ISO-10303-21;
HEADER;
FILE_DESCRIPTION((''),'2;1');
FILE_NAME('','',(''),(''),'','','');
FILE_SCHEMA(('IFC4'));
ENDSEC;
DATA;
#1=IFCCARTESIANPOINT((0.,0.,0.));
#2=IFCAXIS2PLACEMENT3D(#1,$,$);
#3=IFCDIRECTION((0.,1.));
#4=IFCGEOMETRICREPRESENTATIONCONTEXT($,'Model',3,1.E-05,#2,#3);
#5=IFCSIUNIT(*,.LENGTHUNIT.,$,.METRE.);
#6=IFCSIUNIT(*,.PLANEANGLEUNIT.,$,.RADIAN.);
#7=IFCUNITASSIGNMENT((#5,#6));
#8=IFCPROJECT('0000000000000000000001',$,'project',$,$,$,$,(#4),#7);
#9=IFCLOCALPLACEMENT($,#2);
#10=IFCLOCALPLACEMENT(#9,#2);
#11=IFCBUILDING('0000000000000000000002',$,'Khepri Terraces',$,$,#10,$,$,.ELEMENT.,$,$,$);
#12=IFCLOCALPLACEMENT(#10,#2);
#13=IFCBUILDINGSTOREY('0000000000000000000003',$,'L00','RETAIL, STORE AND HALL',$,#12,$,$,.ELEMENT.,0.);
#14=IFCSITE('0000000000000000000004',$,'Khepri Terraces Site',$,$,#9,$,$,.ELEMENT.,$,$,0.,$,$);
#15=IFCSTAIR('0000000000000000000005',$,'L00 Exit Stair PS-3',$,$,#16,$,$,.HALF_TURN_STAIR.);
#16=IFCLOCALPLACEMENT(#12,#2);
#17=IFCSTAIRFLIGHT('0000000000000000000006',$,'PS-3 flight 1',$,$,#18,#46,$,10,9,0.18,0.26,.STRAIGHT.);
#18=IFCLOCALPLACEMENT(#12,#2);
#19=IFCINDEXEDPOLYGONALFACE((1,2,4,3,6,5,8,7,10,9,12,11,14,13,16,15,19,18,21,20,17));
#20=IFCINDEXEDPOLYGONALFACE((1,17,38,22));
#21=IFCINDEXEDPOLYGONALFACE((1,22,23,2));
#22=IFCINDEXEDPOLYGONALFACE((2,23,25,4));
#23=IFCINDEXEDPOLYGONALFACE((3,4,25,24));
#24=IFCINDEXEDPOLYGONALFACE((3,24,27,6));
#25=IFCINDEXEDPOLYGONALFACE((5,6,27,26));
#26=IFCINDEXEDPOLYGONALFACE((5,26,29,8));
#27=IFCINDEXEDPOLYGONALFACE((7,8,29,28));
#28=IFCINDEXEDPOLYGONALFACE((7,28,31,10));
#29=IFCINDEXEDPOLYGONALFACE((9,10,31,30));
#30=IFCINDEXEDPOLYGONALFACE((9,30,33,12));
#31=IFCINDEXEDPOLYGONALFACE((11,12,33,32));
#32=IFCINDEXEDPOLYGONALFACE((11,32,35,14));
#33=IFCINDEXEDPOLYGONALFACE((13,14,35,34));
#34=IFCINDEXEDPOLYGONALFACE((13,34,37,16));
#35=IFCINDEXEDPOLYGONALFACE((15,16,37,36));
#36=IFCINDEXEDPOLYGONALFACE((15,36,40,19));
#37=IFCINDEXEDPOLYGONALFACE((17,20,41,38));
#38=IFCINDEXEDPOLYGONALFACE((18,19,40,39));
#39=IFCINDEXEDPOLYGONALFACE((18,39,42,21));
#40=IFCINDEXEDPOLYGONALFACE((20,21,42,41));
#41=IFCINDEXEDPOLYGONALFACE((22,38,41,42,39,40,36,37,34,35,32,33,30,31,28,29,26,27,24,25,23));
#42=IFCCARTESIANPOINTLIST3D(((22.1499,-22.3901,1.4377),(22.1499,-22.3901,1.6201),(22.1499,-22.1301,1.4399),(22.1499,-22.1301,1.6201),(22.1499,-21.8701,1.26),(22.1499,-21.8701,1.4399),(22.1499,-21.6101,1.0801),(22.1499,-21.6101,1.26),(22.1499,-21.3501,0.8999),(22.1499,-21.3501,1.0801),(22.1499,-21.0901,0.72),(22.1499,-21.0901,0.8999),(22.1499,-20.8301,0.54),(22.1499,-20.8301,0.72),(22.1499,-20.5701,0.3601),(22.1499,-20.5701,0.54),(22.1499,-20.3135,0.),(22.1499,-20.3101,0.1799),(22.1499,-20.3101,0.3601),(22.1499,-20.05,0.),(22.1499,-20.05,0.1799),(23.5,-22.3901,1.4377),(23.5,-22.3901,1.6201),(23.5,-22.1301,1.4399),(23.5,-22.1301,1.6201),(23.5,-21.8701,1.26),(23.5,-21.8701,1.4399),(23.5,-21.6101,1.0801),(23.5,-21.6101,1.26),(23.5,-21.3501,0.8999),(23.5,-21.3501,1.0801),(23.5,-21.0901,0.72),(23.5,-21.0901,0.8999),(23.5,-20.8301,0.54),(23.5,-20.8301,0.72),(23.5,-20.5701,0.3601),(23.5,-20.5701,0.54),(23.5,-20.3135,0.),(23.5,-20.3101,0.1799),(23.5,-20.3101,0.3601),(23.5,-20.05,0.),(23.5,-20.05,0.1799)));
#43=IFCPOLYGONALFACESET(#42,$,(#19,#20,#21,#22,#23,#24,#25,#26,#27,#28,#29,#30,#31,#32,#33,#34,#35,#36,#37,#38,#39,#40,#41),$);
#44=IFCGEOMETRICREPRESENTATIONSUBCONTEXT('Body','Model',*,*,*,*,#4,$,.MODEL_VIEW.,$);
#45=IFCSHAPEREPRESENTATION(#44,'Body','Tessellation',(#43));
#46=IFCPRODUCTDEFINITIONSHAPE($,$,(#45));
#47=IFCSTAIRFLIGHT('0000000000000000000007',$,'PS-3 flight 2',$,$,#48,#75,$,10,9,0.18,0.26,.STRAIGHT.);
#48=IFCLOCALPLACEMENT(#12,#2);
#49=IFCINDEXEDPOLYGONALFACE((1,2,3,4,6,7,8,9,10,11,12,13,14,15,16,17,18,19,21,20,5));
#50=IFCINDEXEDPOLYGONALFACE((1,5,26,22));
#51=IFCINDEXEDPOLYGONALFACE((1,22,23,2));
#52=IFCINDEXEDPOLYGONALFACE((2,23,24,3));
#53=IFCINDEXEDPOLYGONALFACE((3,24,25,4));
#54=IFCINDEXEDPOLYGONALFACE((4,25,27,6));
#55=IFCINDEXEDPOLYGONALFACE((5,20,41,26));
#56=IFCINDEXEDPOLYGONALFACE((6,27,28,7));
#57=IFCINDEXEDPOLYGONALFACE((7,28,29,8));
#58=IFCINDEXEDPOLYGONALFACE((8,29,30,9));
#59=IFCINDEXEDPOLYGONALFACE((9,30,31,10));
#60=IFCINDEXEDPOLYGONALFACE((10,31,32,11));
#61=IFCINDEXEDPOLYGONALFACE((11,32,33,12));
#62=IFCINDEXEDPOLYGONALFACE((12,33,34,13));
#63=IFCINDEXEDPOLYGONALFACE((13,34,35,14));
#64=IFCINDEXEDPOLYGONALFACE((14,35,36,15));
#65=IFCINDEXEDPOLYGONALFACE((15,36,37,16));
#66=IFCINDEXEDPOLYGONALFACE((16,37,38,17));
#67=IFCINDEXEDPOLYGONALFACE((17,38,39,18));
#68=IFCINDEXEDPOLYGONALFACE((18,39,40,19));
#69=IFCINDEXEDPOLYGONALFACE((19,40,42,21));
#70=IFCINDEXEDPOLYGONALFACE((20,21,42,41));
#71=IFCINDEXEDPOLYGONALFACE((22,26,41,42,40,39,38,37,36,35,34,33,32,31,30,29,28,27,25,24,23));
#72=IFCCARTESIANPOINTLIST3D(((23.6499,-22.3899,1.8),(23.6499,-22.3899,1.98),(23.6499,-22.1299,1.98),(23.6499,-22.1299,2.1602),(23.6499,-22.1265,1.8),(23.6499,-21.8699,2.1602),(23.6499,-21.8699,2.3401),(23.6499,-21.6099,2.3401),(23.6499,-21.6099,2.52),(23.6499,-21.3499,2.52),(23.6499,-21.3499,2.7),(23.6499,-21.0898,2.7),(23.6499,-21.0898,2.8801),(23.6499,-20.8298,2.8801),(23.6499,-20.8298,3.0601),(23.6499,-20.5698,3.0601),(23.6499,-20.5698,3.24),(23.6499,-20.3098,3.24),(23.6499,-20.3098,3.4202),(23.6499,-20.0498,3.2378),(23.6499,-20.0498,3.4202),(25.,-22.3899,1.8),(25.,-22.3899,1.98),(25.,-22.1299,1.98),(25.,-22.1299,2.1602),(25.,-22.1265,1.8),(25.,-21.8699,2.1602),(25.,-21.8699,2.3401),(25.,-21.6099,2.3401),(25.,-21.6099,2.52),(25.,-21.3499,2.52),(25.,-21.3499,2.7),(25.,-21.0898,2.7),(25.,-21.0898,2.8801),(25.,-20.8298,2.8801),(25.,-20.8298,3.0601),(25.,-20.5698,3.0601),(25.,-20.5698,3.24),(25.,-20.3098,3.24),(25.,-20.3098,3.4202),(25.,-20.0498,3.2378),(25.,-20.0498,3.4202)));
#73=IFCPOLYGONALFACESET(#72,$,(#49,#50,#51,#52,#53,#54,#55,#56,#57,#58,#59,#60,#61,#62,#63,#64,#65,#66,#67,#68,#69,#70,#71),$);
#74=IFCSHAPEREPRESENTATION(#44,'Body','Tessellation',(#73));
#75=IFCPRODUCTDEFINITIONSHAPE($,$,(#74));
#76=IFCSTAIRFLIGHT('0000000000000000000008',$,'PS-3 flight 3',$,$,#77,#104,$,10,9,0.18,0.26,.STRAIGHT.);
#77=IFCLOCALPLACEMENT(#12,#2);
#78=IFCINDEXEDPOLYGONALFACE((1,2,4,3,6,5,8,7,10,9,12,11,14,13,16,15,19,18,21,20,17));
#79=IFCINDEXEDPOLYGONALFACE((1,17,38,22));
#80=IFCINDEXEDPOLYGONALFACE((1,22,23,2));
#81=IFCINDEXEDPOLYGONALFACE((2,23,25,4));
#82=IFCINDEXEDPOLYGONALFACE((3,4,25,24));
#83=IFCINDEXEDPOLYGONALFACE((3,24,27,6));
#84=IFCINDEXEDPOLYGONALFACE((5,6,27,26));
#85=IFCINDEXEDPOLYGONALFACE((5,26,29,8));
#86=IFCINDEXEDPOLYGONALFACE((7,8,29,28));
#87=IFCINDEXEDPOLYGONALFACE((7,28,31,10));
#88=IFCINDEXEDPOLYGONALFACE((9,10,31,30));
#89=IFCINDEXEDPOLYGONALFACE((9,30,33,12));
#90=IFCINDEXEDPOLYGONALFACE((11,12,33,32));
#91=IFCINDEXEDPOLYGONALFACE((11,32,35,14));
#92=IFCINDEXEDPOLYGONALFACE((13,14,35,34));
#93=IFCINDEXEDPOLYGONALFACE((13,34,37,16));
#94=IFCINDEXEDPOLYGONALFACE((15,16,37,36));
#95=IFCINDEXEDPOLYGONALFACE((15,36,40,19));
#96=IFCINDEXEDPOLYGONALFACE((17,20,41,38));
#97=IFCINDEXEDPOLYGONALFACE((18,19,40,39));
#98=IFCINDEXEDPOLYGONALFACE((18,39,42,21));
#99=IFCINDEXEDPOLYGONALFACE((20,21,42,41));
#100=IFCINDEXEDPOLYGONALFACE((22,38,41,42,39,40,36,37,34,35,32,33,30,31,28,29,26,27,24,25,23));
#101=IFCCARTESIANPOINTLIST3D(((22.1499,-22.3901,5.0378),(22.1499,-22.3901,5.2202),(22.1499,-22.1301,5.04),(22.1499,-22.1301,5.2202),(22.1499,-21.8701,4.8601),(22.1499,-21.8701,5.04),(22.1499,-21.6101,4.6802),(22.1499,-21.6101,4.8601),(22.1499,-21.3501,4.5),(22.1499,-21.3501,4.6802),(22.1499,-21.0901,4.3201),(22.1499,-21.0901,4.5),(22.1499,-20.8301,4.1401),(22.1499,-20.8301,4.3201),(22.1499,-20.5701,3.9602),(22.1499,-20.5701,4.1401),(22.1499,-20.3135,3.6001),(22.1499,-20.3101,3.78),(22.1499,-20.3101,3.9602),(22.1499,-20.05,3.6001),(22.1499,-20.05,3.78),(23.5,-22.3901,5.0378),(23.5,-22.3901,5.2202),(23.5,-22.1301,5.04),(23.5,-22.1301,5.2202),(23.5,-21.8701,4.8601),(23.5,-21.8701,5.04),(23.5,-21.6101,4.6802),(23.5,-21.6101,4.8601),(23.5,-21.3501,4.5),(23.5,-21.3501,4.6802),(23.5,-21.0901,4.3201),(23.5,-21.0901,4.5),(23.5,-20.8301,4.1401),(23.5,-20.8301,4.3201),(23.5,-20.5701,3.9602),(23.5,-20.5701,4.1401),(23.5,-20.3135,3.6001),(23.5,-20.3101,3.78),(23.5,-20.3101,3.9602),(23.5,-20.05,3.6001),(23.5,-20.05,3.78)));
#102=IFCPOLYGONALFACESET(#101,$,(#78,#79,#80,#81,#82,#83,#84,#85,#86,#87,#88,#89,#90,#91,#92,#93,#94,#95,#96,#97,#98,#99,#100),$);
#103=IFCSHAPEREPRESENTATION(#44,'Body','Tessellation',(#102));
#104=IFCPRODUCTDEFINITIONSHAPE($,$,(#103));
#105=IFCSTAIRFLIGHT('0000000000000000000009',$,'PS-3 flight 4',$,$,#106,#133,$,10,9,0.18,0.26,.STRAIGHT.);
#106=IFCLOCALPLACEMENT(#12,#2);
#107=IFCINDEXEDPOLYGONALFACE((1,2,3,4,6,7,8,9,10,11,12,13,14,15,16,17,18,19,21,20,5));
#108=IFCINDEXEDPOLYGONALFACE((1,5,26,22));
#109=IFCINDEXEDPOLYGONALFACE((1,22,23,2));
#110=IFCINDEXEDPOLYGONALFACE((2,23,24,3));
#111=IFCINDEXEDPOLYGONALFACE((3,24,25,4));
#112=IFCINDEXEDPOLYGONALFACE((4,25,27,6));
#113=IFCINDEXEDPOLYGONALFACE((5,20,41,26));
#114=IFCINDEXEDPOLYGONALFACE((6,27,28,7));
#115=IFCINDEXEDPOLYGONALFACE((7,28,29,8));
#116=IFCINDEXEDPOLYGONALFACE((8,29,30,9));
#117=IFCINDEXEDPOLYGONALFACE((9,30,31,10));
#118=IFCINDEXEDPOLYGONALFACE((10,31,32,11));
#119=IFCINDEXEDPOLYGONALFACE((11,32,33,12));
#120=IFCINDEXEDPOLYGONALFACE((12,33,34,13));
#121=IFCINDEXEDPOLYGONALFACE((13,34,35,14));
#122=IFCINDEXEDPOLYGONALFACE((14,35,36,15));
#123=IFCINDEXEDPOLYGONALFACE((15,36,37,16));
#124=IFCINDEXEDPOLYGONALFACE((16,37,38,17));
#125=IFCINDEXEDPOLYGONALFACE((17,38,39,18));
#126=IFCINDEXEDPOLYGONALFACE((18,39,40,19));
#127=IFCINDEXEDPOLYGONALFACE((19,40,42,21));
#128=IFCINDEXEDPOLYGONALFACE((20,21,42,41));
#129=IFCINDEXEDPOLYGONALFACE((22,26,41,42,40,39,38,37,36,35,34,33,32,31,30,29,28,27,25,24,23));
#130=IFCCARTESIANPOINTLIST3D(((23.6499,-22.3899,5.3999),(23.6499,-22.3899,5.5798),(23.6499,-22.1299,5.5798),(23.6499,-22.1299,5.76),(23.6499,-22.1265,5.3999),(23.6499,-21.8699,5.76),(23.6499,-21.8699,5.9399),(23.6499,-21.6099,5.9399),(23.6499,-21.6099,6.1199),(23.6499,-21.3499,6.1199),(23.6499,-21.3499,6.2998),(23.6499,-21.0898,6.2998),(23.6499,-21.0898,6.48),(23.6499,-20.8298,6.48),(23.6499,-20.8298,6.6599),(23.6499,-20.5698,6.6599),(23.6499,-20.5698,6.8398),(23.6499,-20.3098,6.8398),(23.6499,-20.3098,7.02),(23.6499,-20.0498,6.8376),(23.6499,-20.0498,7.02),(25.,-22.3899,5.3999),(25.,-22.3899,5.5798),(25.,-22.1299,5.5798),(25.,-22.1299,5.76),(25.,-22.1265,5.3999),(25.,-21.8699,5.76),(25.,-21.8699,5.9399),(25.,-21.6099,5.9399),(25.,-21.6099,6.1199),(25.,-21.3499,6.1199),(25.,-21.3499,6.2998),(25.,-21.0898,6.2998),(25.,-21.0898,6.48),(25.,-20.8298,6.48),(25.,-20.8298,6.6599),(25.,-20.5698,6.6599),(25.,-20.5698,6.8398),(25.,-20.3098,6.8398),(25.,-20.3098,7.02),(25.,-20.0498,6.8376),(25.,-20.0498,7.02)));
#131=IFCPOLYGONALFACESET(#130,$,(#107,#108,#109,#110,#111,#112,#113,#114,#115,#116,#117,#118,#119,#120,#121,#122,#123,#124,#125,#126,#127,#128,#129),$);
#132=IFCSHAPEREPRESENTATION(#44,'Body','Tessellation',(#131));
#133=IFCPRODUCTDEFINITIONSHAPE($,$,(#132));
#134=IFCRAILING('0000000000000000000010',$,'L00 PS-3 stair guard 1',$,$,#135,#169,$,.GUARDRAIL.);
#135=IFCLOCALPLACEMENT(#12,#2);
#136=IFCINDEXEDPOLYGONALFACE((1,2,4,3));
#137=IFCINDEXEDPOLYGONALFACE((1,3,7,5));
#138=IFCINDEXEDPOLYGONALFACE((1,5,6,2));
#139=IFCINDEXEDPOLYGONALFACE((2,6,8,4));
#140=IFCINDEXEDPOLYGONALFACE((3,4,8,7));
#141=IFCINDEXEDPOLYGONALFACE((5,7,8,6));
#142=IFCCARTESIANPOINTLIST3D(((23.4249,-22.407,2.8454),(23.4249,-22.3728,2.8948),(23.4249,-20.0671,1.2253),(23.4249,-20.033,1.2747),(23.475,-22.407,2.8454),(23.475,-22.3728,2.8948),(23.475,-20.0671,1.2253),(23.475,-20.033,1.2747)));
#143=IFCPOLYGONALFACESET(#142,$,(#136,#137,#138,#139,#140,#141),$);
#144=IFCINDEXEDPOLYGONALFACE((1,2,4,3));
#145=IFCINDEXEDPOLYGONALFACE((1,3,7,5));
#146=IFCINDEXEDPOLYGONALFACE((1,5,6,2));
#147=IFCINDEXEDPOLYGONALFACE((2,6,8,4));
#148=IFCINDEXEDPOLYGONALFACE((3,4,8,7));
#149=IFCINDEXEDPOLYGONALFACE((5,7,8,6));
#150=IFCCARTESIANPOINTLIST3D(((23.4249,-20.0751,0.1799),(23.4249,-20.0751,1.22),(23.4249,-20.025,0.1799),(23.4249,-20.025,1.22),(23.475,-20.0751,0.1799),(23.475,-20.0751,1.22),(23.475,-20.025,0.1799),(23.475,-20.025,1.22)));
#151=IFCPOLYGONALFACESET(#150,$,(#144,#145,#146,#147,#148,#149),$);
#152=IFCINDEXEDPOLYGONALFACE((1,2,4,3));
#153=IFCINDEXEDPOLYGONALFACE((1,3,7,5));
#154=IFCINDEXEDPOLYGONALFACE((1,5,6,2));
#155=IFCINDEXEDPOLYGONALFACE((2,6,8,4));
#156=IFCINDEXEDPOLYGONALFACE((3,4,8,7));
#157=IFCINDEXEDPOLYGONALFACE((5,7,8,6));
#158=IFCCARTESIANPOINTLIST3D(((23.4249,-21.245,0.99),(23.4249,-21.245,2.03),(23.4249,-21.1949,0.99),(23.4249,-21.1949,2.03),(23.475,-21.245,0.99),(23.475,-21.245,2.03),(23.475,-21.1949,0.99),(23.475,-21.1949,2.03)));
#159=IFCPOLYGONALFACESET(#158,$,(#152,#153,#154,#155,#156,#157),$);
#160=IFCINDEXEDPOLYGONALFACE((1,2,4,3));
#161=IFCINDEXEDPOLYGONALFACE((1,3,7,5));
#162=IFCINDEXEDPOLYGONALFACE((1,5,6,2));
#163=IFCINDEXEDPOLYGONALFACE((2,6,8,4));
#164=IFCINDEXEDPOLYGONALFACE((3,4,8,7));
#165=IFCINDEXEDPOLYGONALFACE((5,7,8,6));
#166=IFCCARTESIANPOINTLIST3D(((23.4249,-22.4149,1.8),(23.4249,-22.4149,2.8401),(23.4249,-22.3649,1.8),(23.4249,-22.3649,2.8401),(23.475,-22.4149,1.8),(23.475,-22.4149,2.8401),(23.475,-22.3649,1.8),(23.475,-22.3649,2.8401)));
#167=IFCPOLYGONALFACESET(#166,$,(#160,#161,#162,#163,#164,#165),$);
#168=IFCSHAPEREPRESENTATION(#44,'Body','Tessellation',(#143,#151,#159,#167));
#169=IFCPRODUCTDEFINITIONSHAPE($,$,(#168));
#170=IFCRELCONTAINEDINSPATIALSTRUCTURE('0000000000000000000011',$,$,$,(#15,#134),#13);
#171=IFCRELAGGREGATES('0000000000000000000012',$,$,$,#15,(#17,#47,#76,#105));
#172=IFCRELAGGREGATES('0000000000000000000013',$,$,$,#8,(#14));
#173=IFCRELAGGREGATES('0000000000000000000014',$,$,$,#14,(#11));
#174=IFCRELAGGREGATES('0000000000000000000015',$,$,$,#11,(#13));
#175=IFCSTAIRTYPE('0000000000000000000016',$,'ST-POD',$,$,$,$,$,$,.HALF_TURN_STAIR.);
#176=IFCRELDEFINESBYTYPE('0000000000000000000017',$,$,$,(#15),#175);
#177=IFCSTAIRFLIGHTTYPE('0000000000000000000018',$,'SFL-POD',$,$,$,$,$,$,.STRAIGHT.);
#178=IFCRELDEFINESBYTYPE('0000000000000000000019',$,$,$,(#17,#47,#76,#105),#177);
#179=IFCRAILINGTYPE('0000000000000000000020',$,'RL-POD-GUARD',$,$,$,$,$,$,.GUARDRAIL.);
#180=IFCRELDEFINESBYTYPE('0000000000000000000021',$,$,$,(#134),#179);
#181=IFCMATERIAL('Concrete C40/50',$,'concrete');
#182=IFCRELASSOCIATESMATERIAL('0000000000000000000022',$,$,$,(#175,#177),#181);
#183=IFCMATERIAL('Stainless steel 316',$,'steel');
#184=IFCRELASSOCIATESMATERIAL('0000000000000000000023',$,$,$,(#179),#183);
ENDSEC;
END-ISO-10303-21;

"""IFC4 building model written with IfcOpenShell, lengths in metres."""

from ifc_helpers import new_model, si_unit, direction, frame, origin, origin_2d, place, context, subcontext, project, spatial, polyline, rectangle, outline, extrude, material, type_object, element, aggregate, save


model = new_model("IFC4")

# Units and contexts
model_context = context("Model", 3, precision=1e-05, world=origin(), true_north=direction((0.0, 1.0)))
body_context = subcontext(model_context, "Body", "Model", "MODEL_VIEW")
ifc_project = project(units=[si_unit("LENGTHUNIT", "METRE"), si_unit("PLANEANGLEUNIT", "RADIAN")], contexts=[model_context])

# Site, building, storey
site_placement = place(None, origin())
site = spatial("IfcSite", under=ifc_project, at=site_placement, Name="Khepri Terraces Site", CompositionType="ELEMENT", RefElevation=0.0)
building_placement = place(site_placement, origin())
building = spatial("IfcBuilding", under=site, at=building_placement, Name="Khepri Terraces", CompositionType="ELEMENT")
storey_placement = place(building_placement, origin())
storey = spatial("IfcBuildingStorey", under=building, at=storey_placement, Name="L00", Description="RETAIL, STORE AND HALL", CompositionType="ELEMENT", Elevation=0.0)

# Shared definitions
ifc_material_1 = material(Name="Concrete C40/50", Category="concrete")

# Stair, stair flights
stair_type = type_object("IfcStairType", Name="ST-POD", PredefinedType="HALF_TURN_STAIR", material=ifc_material_1)
stair_placement = place(storey_placement, origin())
stair = element("IfcStair", 1, at=stair_placement, inside=storey, type_object=stair_type, Name="L00 Exit Stair PS-3", PredefinedType="HALF_TURN_STAIR")
stair_flight_type = type_object("IfcStairFlightType", Name="SFL-POD", PredefinedType="STRAIGHT", material=ifc_material_1)
stair_flight_1_placement = place(storey_placement, frame((22.825, -20.05, 0.0), z_axis=(0.0, 0.0, 1.0), x_axis=(0.0, -1.0, 0.0)))
stair_flight_1 = element("IfcStairFlight", 2, at=stair_flight_1_placement, type_object=stair_flight_type, Name="PS-3 flight 1", NumberOfRisers=10, NumberOfTreads=9, PredefinedType="STRAIGHT", RiserHeight=0.18, TreadLength=0.26, context=body_context, shape_type="SweptSolid", body=[
    extrude(outline(polyline([(0.0, 0.0), (0.0, 0.1799), (0.26, 0.1799), (0.26, 0.3601), (0.52, 0.3601), (0.52, 0.54), (0.78, 0.54), (0.78, 0.72), (1.04, 0.72), (1.04, 0.8999), (1.3, 0.8999), (1.3, 1.0801), (1.5601, 1.0801), (1.5601, 1.26), (1.8201, 1.26), (1.8201, 1.4399), (2.0801, 1.4399), (2.0801, 1.6201), (2.3401, 1.6201), (2.3401, 1.8), (2.3401, 1.4377), (0.2634, 0.0), (0.0, 0.0)])), frame((0.0, 0.675, 0.0), z_axis=(0.0, -1.0, 0.0), x_axis=(1.0, 0.0, 0.0)), (0.0, 0.0, 1.0), 1.3501),
])
stair_flight_2_placement = place(storey_placement, frame((24.325, -22.3899, 1.8), z_axis=(0.0, 0.0, 1.0), x_axis=(0.0, 1.0, 0.0)))
stair_flight_2 = element("IfcStairFlight", 3, at=stair_flight_2_placement, type_object=stair_flight_type, Name="PS-3 flight 2", NumberOfRisers=10, NumberOfTreads=9, PredefinedType="STRAIGHT", RiserHeight=0.18, TreadLength=0.26, context=body_context, shape_type="SweptSolid", body=[
    extrude(outline(polyline([(0.0, 0.0), (0.0, 0.1799), (0.26, 0.1799), (0.26, 0.3601), (0.52, 0.3601), (0.52, 0.54), (0.78, 0.54), (0.78, 0.72), (1.04, 0.72), (1.04, 0.8999), (1.3, 0.8999), (1.3, 1.0801), (1.5601, 1.0801), (1.5601, 1.26), (1.8201, 1.26), (1.8201, 1.4399), (2.0801, 1.4399), (2.0801, 1.6201), (2.3401, 1.6201), (2.3401, 1.8), (2.3401, 1.4377), (0.2634, 0.0), (0.0, 0.0)])), frame((0.0, 0.675, 0.0), z_axis=(0.0, -1.0, 0.0), x_axis=(1.0, 0.0, 0.0)), (0.0, 0.0, 1.0), 1.3501),
])
stair_flight_3_placement = place(storey_placement, frame((22.825, -20.05, 3.6001), z_axis=(0.0, 0.0, 1.0), x_axis=(0.0, -1.0, 0.0)))
stair_flight_3 = element("IfcStairFlight", 4, at=stair_flight_3_placement, type_object=stair_flight_type, Name="PS-3 flight 3", NumberOfRisers=10, NumberOfTreads=9, PredefinedType="STRAIGHT", RiserHeight=0.18, TreadLength=0.26, context=body_context, shape_type="SweptSolid", body=[
    extrude(outline(polyline([(0.0, 0.0), (0.0, 0.1799), (0.26, 0.1799), (0.26, 0.3601), (0.52, 0.3601), (0.52, 0.54), (0.78, 0.54), (0.78, 0.72), (1.04, 0.72), (1.04, 0.8999), (1.3, 0.8999), (1.3, 1.0801), (1.5601, 1.0801), (1.5601, 1.26), (1.8201, 1.26), (1.8201, 1.4399), (2.0801, 1.4399), (2.0801, 1.6201), (2.3401, 1.6201), (2.3401, 1.8), (2.3401, 1.4377), (0.2634, 0.0), (0.0, 0.0)])), frame((0.0, 0.675, 0.0), z_axis=(0.0, -1.0, 0.0), x_axis=(1.0, 0.0, 0.0)), (0.0, 0.0, 1.0), 1.3501),
])
stair_flight_4_placement = place(storey_placement, frame((24.325, -22.3899, 5.3999), z_axis=(0.0, 0.0, 1.0), x_axis=(0.0, 1.0, 0.0)))
stair_flight_4 = element("IfcStairFlight", 5, at=stair_flight_4_placement, type_object=stair_flight_type, Name="PS-3 flight 4", NumberOfRisers=10, NumberOfTreads=9, PredefinedType="STRAIGHT", RiserHeight=0.18, TreadLength=0.26, context=body_context, shape_type="SweptSolid", body=[
    extrude(outline(polyline([(0.0, 0.0), (0.0, 0.1799), (0.26, 0.1799), (0.26, 0.3601), (0.52, 0.3601), (0.52, 0.54), (0.78, 0.54), (0.78, 0.72), (1.04, 0.72), (1.04, 0.8999), (1.3, 0.8999), (1.3, 1.0801), (1.5601, 1.0801), (1.5601, 1.26), (1.8201, 1.26), (1.8201, 1.4399), (2.0801, 1.4399), (2.0801, 1.6201), (2.3401, 1.6201), (2.3401, 1.8), (2.3401, 1.4377), (0.2634, 0.0), (0.0, 0.0)])), frame((0.0, 0.675, 0.0), z_axis=(0.0, -1.0, 0.0), x_axis=(1.0, 0.0, 0.0)), (0.0, 0.0, 1.0), 1.3501),
])
aggregate(stair, [stair_flight_1, stair_flight_2, stair_flight_3, stair_flight_4])

# Railing
ifc_material_2 = material(Name="Stainless steel 316", Category="steel")
railing_type_1 = type_object("IfcRailingType", Name="RL-POD-GUARD", PredefinedType="GUARDRAIL", material=ifc_material_2)
railing_1_placement = place(storey_placement, frame((23.45, -20.05, 0.1799)))
element("IfcRailing", 6, at=railing_1_placement, inside=storey, type_object=railing_type_1, Name="L00 PS-3 stair guard 1", PredefinedType="GUARDRAIL", context=body_context, shape_type="SweptSolid", body=[
    extrude(rectangle(XDim=0.05, YDim=0.0601, at=origin_2d()), frame((0.0, 0.0, 1.0701), z_axis=(0.0, -0.822155, 0.569264), x_axis=(1.0, 0.0, 0.0)), (0.0, 0.0, 1.0), 2.8459),
    extrude(rectangle(XDim=0.05, YDim=0.05, at=origin_2d()), origin(), (0.0, 0.0, 1.0), 1.04),
    extrude(rectangle(XDim=0.05, YDim=0.05, at=origin_2d()), frame((0.0, -1.1699, 0.8101)), (0.0, 0.0, 1.0), 1.04),
    extrude(rectangle(XDim=0.05, YDim=0.05, at=origin_2d()), frame((0.0, -2.3398, 1.6201)), (0.0, 0.0, 1.0), 1.04),
])

save(model, "model.ifc")
